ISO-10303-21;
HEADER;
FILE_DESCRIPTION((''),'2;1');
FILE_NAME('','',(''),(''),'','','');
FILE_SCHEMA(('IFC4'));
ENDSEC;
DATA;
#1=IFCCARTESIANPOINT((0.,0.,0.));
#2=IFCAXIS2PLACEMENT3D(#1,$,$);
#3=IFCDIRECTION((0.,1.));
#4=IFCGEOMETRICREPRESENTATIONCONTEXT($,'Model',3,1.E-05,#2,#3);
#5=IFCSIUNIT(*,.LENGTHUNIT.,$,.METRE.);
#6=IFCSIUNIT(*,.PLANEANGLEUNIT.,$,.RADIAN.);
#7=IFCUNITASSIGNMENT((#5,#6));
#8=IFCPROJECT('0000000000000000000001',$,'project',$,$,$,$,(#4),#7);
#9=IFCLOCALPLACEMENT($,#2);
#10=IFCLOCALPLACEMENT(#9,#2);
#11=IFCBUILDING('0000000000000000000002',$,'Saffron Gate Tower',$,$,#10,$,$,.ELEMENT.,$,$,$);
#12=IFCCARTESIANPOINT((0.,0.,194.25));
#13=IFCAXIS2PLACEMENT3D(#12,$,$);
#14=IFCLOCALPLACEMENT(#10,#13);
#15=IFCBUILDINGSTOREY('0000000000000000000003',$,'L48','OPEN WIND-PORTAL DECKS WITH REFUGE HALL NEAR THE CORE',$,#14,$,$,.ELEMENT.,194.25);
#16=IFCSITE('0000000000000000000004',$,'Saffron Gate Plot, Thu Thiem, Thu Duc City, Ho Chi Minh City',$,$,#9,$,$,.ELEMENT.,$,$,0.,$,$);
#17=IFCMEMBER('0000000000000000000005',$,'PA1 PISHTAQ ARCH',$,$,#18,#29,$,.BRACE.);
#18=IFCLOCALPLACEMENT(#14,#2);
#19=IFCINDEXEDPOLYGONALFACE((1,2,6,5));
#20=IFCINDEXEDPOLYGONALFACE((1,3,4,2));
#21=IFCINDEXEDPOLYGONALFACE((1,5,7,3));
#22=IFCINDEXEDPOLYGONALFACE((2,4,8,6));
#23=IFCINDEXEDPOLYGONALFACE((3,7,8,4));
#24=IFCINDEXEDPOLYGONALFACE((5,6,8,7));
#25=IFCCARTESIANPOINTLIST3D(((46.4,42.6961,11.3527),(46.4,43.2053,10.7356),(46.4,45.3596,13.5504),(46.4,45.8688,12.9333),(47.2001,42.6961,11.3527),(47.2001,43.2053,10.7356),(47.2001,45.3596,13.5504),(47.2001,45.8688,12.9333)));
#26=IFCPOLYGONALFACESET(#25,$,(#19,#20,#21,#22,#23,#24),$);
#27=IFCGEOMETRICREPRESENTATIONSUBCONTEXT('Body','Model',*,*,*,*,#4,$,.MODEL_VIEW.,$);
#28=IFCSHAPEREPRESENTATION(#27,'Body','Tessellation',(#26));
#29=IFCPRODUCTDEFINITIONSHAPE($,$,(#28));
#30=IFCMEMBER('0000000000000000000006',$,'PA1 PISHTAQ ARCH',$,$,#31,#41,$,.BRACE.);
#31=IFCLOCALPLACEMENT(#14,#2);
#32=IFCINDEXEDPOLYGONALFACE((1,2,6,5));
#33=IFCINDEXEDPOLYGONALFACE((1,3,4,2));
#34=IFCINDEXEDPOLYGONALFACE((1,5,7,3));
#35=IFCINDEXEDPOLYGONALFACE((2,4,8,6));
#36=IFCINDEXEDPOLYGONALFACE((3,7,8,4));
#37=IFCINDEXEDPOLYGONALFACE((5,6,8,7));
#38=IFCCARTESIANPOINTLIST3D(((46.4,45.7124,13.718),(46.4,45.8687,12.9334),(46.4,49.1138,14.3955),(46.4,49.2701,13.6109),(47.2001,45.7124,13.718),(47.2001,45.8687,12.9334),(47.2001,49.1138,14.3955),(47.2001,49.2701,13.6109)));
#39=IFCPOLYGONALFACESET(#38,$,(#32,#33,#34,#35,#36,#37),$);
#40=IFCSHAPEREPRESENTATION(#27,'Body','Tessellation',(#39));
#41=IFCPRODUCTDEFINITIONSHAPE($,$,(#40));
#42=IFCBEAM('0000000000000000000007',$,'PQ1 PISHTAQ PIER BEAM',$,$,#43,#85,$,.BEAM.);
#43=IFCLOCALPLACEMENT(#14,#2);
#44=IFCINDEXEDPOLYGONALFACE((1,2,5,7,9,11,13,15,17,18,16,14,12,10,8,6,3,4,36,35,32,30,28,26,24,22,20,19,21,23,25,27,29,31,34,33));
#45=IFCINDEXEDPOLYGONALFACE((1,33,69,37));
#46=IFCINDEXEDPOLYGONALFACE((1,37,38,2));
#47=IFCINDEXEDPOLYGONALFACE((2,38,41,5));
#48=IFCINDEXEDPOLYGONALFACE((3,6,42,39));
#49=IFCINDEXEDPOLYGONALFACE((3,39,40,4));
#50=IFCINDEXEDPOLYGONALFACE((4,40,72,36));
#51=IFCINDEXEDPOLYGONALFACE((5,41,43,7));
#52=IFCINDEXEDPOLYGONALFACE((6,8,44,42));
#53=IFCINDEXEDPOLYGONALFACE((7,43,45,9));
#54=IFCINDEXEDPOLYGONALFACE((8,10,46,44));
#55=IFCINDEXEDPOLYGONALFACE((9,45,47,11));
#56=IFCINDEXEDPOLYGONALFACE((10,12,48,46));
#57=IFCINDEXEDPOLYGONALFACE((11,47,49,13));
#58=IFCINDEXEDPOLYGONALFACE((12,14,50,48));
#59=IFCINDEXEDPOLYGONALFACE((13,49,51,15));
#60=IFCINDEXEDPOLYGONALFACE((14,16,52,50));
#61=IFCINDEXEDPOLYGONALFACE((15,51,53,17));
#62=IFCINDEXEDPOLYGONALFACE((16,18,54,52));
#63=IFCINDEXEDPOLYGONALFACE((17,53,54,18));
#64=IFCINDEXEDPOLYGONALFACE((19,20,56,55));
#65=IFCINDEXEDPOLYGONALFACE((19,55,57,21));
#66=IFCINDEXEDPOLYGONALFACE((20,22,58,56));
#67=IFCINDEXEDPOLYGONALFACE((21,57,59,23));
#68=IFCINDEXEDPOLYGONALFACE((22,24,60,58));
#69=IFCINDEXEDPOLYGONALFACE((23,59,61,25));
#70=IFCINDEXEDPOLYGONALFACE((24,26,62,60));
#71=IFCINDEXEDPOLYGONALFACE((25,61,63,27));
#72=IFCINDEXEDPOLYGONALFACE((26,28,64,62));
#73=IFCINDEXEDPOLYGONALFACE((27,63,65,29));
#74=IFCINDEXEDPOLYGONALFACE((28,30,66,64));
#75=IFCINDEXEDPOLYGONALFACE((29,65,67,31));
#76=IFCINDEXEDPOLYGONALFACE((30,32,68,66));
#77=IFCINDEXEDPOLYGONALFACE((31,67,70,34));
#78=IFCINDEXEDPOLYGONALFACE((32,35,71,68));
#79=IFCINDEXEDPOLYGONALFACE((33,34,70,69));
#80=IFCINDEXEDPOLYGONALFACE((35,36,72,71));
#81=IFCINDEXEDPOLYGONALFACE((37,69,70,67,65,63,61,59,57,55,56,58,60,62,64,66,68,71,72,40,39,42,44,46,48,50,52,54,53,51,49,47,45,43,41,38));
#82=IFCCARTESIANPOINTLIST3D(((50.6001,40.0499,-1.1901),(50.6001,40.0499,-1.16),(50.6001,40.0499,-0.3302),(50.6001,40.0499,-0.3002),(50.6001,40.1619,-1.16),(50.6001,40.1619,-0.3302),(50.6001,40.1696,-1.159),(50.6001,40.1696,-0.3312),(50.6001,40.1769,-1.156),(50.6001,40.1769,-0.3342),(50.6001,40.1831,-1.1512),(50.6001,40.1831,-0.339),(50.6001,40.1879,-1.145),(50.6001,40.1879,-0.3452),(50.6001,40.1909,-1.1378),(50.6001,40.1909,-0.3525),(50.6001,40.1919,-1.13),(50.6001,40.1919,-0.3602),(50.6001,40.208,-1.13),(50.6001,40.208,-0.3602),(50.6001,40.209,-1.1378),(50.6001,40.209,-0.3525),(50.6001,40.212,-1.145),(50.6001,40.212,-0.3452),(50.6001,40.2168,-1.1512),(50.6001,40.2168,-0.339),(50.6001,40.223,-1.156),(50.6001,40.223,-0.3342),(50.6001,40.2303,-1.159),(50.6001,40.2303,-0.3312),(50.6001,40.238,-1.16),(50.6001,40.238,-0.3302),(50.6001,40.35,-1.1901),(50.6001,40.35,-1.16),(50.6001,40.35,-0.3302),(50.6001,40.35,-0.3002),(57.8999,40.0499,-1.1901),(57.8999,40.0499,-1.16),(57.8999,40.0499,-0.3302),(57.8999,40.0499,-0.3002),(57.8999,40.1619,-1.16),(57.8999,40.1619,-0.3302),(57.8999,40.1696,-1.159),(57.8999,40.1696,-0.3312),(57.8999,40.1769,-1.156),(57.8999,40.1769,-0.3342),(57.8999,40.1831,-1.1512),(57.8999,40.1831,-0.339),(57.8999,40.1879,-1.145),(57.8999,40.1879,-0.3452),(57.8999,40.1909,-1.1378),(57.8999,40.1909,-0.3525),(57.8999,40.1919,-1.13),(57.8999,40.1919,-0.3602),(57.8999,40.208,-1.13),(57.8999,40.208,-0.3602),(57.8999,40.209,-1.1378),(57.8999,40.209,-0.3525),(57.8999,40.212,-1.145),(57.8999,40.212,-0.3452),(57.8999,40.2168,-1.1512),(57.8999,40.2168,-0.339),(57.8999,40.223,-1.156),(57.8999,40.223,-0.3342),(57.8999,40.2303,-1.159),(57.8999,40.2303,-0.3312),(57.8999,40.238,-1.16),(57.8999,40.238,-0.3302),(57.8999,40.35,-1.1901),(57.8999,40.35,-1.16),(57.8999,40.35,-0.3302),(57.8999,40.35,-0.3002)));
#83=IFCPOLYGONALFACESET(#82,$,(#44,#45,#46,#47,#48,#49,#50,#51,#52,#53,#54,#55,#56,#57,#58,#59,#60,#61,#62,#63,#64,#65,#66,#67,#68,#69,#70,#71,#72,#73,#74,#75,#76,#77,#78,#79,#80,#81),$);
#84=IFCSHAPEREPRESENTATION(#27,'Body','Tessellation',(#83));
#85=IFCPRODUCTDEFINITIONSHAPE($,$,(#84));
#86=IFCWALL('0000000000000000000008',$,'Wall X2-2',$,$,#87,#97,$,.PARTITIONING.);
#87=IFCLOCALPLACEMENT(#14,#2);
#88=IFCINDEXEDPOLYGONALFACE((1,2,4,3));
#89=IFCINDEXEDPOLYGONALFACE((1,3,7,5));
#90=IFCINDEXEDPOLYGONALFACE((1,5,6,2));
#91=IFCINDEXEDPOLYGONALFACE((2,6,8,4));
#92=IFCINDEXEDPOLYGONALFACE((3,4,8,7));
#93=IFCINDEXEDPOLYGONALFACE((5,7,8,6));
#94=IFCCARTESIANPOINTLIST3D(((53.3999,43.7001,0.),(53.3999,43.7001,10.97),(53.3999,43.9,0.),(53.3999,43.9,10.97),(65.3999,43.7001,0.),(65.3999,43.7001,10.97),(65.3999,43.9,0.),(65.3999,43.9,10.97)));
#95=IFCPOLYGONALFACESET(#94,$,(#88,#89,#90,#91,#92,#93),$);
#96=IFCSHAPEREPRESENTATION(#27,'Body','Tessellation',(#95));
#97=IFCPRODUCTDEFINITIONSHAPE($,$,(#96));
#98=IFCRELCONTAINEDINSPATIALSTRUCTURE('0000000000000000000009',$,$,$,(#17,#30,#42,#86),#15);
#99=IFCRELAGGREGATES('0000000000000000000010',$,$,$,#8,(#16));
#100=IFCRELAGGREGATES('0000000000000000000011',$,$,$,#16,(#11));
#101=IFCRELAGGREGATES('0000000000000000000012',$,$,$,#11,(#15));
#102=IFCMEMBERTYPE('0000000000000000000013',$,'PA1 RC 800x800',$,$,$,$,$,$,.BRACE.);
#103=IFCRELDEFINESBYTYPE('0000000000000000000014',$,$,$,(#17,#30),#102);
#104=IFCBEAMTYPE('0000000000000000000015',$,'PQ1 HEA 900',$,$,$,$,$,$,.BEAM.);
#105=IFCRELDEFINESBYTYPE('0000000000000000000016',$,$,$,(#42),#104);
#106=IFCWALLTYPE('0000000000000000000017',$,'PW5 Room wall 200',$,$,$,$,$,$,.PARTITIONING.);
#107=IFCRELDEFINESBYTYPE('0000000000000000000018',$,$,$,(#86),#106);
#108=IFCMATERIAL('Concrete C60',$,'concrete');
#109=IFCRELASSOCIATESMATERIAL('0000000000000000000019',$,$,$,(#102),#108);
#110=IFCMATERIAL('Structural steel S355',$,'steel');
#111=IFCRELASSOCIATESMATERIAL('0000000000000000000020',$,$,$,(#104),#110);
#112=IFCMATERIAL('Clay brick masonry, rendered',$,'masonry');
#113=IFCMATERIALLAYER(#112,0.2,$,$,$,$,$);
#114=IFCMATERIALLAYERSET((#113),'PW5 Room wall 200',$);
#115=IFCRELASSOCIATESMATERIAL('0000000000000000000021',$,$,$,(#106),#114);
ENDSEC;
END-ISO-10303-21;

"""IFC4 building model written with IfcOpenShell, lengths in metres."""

from ifc_helpers import new_model, si_unit, direction, frame, frame_2d, origin, origin_2d, place, context, subcontext, project, spatial, rectangle, i_section, extrude, material, layer, layer_set, material_profile, profile_set, type_object, element, save


model = new_model("IFC4")

# Units and contexts
model_context = context("Model", 3, precision=1e-05, world=origin(), true_north=direction((0.0, 1.0)))
body_context = subcontext(model_context, "Body", "Model", "MODEL_VIEW")
ifc_project = project(units=[si_unit("LENGTHUNIT", "METRE"), si_unit("PLANEANGLEUNIT", "RADIAN")], contexts=[model_context])

# Site, building, storey
site_placement = place(None, origin())
site = spatial("IfcSite", under=ifc_project, at=site_placement, Name="Saffron Gate Plot, Thu Thiem, Thu Duc City, Ho Chi Minh City", CompositionType="ELEMENT", RefElevation=0.0)
building_placement = place(site_placement, origin())
building = spatial("IfcBuilding", under=site, at=building_placement, Name="Saffron Gate Tower", CompositionType="ELEMENT")
storey_placement = place(building_placement, frame((0.0, 0.0, 194.25)))
storey = spatial("IfcBuildingStorey", under=building, at=storey_placement, Name="L48", Description="OPEN WIND-PORTAL DECKS WITH REFUGE HALL NEAR THE CORE", CompositionType="ELEMENT", Elevation=194.25)

# Shared definitions
ifc_material_1 = material(Name="Structural steel S355", Category="steel")

# Members
ifc_material_2 = material(Name="Concrete C60", Category="concrete")
ifc_material_profile_1 = material_profile(ifc_material_2, rectangle(XDim=0.8, YDim=0.8, at=origin_2d()))
ifc_profile_set_1 = profile_set([ifc_material_profile_1], Name="Concrete C60")
member_type_1 = type_object("IfcMemberType", Name="PA1 RC 800x800", PredefinedType="BRACE", material=ifc_profile_set_1)
member_1_placement = place(storey_placement, frame((46.8, 42.9507, 11.0442), z_axis=(0.0, 0.77133, 0.636436), x_axis=(-1.0, 0.0, 0.0)))
element("IfcMember", 1, at=member_1_placement, inside=storey, type_object=member_type_1, Name="PA1 PISHTAQ ARCH", PredefinedType="BRACE", context=body_context, shape_type="SweptSolid", body=[
    extrude(rectangle(XDim=0.8, YDim=0.8, at=origin_2d()), origin(), (0.0, 0.0, 1.0), 3.4531),
])
member_2_placement = place(storey_placement, frame((46.8, 45.7905, 13.3257), z_axis=(0.0, 0.980735, 0.195344), x_axis=(-1.0, 0.0, 0.0)))
element("IfcMember", 2, at=member_2_placement, inside=storey, type_object=member_type_1, Name="PA1 PISHTAQ ARCH", PredefinedType="BRACE", context=body_context, shape_type="SweptSolid", body=[
    extrude(rectangle(XDim=0.8, YDim=0.8, at=origin_2d()), origin(), (0.0, 0.0, 1.0), 3.4683),
])

# Beam
ifc_material_profile_2 = material_profile(ifc_material_1, i_section(OverallWidth=0.3, OverallDepth=0.8899, WebThickness=0.0161, FlangeThickness=0.03, FilletRadius=0.03, at=origin_2d()))
ifc_profile_set_2 = profile_set([ifc_material_profile_2], Name="Structural steel S355")
beam_type_1 = type_object("IfcBeamType", Name="PQ1 HEA 900", PredefinedType="BEAM", material=ifc_profile_set_2)
beam_1_placement = place(storey_placement, frame((50.6001, 40.2, -0.7451), z_axis=(1.0, 0.0, 0.0), x_axis=(0.0, 1.0, 0.0)))
element("IfcBeam", 3, at=beam_1_placement, inside=storey, type_object=beam_type_1, Name="PQ1 PISHTAQ PIER BEAM", PredefinedType="BEAM", context=body_context, shape_type="SweptSolid", body=[
    extrude(i_section(OverallWidth=0.3, OverallDepth=0.8899, WebThickness=0.0161, FlangeThickness=0.03, FilletRadius=0.03, at=origin_2d()), origin(), (0.0, 0.0, 1.0), 7.2998),
])

# Wall
ifc_material_3 = material(Name="Clay brick masonry, rendered", Category="masonry")
ifc_layer = layer(ifc_material_3, 0.2)
ifc_layer_set = layer_set([ifc_layer], Name="PW5 Room wall 200")
wall_type = type_object("IfcWallType", Name="PW5 Room wall 200", PredefinedType="PARTITIONING", material=ifc_layer_set)
wall_placement = place(storey_placement, frame((53.3999, 43.8, 0.0), z_axis=(0.0, 0.0, 1.0), x_axis=(1.0, 0.0, 0.0)))
element("IfcWall", 4, at=wall_placement, inside=storey, type_object=wall_type, Name="Wall X2-2", PredefinedType="PARTITIONING", context=body_context, shape_type="SweptSolid", body=[
    extrude(rectangle(XDim=12.0, YDim=0.2, at=frame_2d((6.0, 0.0))), origin(), (0.0, 0.0, 1.0), 10.97),
])

save(model, "model.ifc")
